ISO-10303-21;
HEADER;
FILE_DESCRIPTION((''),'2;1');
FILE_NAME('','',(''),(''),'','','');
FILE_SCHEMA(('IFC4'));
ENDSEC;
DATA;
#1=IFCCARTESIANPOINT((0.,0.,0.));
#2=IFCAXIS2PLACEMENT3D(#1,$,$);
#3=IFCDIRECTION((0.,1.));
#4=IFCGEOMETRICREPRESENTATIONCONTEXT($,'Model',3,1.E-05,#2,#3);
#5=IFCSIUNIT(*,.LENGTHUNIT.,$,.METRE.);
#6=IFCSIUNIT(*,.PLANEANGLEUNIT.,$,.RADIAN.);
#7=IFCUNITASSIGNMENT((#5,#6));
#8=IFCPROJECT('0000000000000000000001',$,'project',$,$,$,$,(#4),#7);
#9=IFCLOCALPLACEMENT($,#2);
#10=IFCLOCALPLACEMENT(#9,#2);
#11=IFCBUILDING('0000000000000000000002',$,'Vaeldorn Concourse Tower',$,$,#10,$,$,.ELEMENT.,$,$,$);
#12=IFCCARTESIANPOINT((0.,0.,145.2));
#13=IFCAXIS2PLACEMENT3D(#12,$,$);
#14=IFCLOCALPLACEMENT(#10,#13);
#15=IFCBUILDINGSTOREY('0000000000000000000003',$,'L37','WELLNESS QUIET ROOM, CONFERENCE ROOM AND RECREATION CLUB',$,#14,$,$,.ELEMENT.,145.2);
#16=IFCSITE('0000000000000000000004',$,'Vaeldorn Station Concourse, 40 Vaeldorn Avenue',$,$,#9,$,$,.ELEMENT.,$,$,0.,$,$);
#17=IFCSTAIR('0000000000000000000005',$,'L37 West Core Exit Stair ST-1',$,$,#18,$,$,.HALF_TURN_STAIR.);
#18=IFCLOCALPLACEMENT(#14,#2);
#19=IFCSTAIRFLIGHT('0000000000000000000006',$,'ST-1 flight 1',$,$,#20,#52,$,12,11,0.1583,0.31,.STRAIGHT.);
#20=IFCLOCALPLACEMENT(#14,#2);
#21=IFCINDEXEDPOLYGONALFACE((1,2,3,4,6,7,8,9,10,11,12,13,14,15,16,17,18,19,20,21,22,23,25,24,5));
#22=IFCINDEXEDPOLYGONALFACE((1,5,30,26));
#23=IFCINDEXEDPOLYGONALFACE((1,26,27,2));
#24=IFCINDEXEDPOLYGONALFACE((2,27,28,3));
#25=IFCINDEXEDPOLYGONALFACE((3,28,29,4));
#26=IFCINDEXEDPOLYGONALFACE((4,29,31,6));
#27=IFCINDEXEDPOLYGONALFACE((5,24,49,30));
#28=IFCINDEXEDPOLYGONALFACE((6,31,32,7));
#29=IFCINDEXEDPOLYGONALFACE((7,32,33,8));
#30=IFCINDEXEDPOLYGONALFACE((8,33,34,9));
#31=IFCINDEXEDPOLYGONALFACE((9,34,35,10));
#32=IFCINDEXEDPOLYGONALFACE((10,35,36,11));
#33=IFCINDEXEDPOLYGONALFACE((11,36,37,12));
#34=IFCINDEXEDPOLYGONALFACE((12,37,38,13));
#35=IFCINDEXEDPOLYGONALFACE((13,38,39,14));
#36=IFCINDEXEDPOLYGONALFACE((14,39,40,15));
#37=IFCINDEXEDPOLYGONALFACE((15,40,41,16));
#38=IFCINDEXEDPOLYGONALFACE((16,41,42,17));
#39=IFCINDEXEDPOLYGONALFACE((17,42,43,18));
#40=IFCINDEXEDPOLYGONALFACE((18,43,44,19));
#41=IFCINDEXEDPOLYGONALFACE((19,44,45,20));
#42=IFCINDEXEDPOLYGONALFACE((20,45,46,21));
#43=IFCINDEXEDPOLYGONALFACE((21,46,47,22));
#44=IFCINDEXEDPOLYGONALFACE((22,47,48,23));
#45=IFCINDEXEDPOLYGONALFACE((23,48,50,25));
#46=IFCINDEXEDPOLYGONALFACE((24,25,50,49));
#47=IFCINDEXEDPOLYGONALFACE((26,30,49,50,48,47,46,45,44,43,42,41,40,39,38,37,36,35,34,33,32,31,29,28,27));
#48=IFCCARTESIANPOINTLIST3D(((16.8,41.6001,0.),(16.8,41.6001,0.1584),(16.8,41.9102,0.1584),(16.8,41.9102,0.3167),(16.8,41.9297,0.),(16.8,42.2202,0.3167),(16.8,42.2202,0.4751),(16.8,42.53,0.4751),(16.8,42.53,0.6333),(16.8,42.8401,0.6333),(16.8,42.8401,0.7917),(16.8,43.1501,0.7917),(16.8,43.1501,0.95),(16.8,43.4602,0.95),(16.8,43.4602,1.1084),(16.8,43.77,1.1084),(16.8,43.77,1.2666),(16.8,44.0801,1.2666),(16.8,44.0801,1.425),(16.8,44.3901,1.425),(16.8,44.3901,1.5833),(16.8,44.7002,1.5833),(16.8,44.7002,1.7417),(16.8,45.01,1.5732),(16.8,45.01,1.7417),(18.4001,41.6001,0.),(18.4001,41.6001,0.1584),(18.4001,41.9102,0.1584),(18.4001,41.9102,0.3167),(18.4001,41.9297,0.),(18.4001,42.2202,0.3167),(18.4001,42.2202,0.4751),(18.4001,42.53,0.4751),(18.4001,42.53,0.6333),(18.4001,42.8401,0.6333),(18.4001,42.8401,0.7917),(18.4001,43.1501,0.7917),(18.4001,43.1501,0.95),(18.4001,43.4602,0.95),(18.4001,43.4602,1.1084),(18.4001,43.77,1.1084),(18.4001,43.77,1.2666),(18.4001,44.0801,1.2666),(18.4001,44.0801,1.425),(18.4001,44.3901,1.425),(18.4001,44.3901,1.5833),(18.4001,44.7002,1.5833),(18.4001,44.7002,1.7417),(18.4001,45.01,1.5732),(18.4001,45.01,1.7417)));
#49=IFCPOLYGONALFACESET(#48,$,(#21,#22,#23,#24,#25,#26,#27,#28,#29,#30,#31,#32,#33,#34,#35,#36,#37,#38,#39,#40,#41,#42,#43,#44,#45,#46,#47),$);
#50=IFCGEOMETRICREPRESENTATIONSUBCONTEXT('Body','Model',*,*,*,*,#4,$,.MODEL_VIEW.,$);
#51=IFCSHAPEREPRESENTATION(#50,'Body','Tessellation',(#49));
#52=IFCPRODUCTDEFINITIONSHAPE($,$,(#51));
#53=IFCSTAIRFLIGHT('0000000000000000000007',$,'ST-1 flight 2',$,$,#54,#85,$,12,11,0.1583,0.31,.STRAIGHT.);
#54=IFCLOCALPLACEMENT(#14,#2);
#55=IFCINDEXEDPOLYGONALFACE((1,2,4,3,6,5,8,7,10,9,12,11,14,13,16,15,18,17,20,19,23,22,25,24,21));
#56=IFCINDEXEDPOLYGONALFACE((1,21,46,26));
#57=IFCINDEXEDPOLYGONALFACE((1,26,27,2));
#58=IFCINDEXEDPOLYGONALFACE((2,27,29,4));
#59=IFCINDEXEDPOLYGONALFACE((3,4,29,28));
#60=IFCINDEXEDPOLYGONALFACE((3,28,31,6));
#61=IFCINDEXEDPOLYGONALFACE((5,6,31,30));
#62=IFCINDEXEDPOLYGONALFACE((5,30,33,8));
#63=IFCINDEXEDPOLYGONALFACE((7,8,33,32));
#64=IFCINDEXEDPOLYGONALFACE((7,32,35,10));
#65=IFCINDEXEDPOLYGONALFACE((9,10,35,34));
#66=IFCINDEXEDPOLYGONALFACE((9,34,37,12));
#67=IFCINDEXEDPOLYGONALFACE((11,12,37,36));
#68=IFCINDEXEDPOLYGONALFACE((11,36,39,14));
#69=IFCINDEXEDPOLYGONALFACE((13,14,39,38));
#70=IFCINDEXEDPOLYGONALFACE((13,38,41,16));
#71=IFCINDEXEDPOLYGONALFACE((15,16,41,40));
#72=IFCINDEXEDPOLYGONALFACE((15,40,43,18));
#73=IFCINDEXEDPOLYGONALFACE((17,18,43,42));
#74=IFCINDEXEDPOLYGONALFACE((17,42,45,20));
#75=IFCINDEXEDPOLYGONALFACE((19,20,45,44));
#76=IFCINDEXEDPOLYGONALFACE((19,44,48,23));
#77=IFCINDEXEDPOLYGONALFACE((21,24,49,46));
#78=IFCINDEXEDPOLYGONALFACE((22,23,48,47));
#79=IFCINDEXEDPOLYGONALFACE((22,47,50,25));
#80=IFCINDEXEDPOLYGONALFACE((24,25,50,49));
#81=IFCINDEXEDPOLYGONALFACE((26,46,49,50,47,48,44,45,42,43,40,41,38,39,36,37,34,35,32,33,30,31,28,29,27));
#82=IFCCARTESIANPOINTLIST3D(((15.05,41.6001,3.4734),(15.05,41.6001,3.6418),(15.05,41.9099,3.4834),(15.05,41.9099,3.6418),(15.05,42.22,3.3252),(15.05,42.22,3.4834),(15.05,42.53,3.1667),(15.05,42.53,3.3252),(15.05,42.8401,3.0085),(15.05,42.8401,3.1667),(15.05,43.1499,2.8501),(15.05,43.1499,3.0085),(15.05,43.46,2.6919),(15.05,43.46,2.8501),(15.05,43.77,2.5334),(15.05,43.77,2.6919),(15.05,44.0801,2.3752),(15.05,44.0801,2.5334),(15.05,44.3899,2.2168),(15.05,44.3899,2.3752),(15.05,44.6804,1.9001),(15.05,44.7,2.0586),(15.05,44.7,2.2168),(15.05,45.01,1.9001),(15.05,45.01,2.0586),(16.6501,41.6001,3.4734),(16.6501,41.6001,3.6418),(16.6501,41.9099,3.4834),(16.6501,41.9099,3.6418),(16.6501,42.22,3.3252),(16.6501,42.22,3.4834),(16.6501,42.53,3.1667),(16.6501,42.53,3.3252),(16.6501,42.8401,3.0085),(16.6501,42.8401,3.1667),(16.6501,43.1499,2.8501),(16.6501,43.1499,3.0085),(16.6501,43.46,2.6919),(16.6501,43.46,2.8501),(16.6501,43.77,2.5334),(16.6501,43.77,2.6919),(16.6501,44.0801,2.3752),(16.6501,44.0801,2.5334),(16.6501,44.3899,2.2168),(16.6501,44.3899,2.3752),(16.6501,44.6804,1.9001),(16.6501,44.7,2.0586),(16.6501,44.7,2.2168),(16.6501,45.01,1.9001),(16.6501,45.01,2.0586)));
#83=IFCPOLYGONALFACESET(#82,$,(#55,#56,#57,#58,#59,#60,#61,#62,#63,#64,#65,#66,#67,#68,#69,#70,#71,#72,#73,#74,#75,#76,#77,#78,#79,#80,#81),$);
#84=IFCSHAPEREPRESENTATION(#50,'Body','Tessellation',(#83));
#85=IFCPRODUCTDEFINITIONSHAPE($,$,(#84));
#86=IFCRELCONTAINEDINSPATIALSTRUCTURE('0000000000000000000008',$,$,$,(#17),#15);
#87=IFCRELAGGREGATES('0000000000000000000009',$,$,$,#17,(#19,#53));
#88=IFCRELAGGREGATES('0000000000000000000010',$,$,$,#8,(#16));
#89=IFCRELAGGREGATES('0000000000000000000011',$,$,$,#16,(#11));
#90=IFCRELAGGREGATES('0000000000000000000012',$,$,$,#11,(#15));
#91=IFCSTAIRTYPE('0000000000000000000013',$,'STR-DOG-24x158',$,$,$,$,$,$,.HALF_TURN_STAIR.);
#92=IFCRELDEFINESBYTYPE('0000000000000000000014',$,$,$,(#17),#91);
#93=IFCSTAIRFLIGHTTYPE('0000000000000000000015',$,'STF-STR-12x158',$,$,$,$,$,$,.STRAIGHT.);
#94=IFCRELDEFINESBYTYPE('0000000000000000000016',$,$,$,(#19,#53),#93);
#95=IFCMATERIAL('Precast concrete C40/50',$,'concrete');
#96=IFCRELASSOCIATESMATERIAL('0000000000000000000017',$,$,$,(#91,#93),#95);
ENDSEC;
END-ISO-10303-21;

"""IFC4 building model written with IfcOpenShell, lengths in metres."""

from ifc_helpers import new_model, si_unit, direction, frame, origin, place, context, subcontext, project, spatial, polyline, outline, extrude, material, type_object, element, aggregate, save


model = new_model("IFC4")

# Units and contexts
model_context = context("Model", 3, precision=1e-05, world=origin(), true_north=direction((0.0, 1.0)))
body_context = subcontext(model_context, "Body", "Model", "MODEL_VIEW")
ifc_project = project(units=[si_unit("LENGTHUNIT", "METRE"), si_unit("PLANEANGLEUNIT", "RADIAN")], contexts=[model_context])

# Site, building, storey
site_placement = place(None, origin())
site = spatial("IfcSite", under=ifc_project, at=site_placement, Name="Vaeldorn Station Concourse, 40 Vaeldorn Avenue", CompositionType="ELEMENT", RefElevation=0.0)
building_placement = place(site_placement, origin())
building = spatial("IfcBuilding", under=site, at=building_placement, Name="Vaeldorn Concourse Tower", CompositionType="ELEMENT")
storey_placement = place(building_placement, frame((0.0, 0.0, 145.2)))
storey = spatial("IfcBuildingStorey", under=building, at=storey_placement, Name="L37", Description="WELLNESS QUIET ROOM, CONFERENCE ROOM AND RECREATION CLUB", CompositionType="ELEMENT", Elevation=145.2)

# Stair, stair flights
ifc_material_1 = material(Name="Precast concrete C40/50", Category="concrete")
stair_type = type_object("IfcStairType", Name="STR-DOG-24x158", PredefinedType="HALF_TURN_STAIR", material=ifc_material_1)
stair_placement = place(storey_placement, origin())
stair = element("IfcStair", 1, at=stair_placement, inside=storey, type_object=stair_type, Name="L37 West Core Exit Stair ST-1", PredefinedType="HALF_TURN_STAIR")
stair_flight_type = type_object("IfcStairFlightType", Name="STF-STR-12x158", PredefinedType="STRAIGHT", material=ifc_material_1)
stair_flight_1_placement = place(storey_placement, frame((17.6001, 41.6001, 0.0), z_axis=(0.0, 0.0, 1.0), x_axis=(0.0, 1.0, 0.0)))
stair_flight_1 = element("IfcStairFlight", 2, at=stair_flight_1_placement, type_object=stair_flight_type, Name="ST-1 flight 1", NumberOfRisers=12, NumberOfTreads=11, PredefinedType="STRAIGHT", RiserHeight=0.1583, TreadLength=0.31, context=body_context, shape_type="SweptSolid", body=[
    extrude(outline(polyline([(0.0, 0.0), (0.0, 0.1584), (0.3101, 0.1584), (0.3101, 0.3167), (0.6201, 0.3167), (0.6201, 0.4751), (0.9299, 0.4751), (0.9299, 0.6333), (1.24, 0.6333), (1.24, 0.7917), (1.55, 0.7917), (1.55, 0.95), (1.8601, 0.95), (1.8601, 1.1084), (2.1699, 1.1084), (2.1699, 1.2666), (2.48, 1.2666), (2.48, 1.425), (2.79, 1.425), (2.79, 1.5833), (3.1001, 1.5833), (3.1001, 1.7417), (3.4099, 1.7417), (3.4099, 1.8999), (3.4099, 1.5732), (0.3296, 0.0), (0.0, 0.0)])), frame((0.0, 0.8, 0.0), z_axis=(0.0, -1.0, 0.0), x_axis=(1.0, 0.0, 0.0)), (0.0, 0.0, 1.0), 1.6001),
])
stair_flight_2_placement = place(storey_placement, frame((15.8501, 45.01, 1.9001), z_axis=(0.0, 0.0, 1.0), x_axis=(0.0, -1.0, 0.0)))
stair_flight_2 = element("IfcStairFlight", 3, at=stair_flight_2_placement, type_object=stair_flight_type, Name="ST-1 flight 2", NumberOfRisers=12, NumberOfTreads=11, PredefinedType="STRAIGHT", RiserHeight=0.1583, TreadLength=0.31, context=body_context, shape_type="SweptSolid", body=[
    extrude(outline(polyline([(0.0, 0.0), (0.0, 0.1584), (0.3101, 0.1584), (0.3101, 0.3167), (0.6201, 0.3167), (0.6201, 0.4751), (0.9299, 0.4751), (0.9299, 0.6333), (1.24, 0.6333), (1.24, 0.7917), (1.55, 0.7917), (1.55, 0.95), (1.8601, 0.95), (1.8601, 1.1084), (2.1699, 1.1084), (2.1699, 1.2666), (2.48, 1.2666), (2.48, 1.425), (2.79, 1.425), (2.79, 1.5833), (3.1001, 1.5833), (3.1001, 1.7417), (3.4099, 1.7417), (3.4099, 1.8999), (3.4099, 1.5732), (0.3296, 0.0), (0.0, 0.0)])), frame((0.0, 0.8, 0.0), z_axis=(0.0, -1.0, 0.0), x_axis=(1.0, 0.0, 0.0)), (0.0, 0.0, 1.0), 1.6001),
])
aggregate(stair, [stair_flight_1, stair_flight_2])

save(model, "model.ifc")
